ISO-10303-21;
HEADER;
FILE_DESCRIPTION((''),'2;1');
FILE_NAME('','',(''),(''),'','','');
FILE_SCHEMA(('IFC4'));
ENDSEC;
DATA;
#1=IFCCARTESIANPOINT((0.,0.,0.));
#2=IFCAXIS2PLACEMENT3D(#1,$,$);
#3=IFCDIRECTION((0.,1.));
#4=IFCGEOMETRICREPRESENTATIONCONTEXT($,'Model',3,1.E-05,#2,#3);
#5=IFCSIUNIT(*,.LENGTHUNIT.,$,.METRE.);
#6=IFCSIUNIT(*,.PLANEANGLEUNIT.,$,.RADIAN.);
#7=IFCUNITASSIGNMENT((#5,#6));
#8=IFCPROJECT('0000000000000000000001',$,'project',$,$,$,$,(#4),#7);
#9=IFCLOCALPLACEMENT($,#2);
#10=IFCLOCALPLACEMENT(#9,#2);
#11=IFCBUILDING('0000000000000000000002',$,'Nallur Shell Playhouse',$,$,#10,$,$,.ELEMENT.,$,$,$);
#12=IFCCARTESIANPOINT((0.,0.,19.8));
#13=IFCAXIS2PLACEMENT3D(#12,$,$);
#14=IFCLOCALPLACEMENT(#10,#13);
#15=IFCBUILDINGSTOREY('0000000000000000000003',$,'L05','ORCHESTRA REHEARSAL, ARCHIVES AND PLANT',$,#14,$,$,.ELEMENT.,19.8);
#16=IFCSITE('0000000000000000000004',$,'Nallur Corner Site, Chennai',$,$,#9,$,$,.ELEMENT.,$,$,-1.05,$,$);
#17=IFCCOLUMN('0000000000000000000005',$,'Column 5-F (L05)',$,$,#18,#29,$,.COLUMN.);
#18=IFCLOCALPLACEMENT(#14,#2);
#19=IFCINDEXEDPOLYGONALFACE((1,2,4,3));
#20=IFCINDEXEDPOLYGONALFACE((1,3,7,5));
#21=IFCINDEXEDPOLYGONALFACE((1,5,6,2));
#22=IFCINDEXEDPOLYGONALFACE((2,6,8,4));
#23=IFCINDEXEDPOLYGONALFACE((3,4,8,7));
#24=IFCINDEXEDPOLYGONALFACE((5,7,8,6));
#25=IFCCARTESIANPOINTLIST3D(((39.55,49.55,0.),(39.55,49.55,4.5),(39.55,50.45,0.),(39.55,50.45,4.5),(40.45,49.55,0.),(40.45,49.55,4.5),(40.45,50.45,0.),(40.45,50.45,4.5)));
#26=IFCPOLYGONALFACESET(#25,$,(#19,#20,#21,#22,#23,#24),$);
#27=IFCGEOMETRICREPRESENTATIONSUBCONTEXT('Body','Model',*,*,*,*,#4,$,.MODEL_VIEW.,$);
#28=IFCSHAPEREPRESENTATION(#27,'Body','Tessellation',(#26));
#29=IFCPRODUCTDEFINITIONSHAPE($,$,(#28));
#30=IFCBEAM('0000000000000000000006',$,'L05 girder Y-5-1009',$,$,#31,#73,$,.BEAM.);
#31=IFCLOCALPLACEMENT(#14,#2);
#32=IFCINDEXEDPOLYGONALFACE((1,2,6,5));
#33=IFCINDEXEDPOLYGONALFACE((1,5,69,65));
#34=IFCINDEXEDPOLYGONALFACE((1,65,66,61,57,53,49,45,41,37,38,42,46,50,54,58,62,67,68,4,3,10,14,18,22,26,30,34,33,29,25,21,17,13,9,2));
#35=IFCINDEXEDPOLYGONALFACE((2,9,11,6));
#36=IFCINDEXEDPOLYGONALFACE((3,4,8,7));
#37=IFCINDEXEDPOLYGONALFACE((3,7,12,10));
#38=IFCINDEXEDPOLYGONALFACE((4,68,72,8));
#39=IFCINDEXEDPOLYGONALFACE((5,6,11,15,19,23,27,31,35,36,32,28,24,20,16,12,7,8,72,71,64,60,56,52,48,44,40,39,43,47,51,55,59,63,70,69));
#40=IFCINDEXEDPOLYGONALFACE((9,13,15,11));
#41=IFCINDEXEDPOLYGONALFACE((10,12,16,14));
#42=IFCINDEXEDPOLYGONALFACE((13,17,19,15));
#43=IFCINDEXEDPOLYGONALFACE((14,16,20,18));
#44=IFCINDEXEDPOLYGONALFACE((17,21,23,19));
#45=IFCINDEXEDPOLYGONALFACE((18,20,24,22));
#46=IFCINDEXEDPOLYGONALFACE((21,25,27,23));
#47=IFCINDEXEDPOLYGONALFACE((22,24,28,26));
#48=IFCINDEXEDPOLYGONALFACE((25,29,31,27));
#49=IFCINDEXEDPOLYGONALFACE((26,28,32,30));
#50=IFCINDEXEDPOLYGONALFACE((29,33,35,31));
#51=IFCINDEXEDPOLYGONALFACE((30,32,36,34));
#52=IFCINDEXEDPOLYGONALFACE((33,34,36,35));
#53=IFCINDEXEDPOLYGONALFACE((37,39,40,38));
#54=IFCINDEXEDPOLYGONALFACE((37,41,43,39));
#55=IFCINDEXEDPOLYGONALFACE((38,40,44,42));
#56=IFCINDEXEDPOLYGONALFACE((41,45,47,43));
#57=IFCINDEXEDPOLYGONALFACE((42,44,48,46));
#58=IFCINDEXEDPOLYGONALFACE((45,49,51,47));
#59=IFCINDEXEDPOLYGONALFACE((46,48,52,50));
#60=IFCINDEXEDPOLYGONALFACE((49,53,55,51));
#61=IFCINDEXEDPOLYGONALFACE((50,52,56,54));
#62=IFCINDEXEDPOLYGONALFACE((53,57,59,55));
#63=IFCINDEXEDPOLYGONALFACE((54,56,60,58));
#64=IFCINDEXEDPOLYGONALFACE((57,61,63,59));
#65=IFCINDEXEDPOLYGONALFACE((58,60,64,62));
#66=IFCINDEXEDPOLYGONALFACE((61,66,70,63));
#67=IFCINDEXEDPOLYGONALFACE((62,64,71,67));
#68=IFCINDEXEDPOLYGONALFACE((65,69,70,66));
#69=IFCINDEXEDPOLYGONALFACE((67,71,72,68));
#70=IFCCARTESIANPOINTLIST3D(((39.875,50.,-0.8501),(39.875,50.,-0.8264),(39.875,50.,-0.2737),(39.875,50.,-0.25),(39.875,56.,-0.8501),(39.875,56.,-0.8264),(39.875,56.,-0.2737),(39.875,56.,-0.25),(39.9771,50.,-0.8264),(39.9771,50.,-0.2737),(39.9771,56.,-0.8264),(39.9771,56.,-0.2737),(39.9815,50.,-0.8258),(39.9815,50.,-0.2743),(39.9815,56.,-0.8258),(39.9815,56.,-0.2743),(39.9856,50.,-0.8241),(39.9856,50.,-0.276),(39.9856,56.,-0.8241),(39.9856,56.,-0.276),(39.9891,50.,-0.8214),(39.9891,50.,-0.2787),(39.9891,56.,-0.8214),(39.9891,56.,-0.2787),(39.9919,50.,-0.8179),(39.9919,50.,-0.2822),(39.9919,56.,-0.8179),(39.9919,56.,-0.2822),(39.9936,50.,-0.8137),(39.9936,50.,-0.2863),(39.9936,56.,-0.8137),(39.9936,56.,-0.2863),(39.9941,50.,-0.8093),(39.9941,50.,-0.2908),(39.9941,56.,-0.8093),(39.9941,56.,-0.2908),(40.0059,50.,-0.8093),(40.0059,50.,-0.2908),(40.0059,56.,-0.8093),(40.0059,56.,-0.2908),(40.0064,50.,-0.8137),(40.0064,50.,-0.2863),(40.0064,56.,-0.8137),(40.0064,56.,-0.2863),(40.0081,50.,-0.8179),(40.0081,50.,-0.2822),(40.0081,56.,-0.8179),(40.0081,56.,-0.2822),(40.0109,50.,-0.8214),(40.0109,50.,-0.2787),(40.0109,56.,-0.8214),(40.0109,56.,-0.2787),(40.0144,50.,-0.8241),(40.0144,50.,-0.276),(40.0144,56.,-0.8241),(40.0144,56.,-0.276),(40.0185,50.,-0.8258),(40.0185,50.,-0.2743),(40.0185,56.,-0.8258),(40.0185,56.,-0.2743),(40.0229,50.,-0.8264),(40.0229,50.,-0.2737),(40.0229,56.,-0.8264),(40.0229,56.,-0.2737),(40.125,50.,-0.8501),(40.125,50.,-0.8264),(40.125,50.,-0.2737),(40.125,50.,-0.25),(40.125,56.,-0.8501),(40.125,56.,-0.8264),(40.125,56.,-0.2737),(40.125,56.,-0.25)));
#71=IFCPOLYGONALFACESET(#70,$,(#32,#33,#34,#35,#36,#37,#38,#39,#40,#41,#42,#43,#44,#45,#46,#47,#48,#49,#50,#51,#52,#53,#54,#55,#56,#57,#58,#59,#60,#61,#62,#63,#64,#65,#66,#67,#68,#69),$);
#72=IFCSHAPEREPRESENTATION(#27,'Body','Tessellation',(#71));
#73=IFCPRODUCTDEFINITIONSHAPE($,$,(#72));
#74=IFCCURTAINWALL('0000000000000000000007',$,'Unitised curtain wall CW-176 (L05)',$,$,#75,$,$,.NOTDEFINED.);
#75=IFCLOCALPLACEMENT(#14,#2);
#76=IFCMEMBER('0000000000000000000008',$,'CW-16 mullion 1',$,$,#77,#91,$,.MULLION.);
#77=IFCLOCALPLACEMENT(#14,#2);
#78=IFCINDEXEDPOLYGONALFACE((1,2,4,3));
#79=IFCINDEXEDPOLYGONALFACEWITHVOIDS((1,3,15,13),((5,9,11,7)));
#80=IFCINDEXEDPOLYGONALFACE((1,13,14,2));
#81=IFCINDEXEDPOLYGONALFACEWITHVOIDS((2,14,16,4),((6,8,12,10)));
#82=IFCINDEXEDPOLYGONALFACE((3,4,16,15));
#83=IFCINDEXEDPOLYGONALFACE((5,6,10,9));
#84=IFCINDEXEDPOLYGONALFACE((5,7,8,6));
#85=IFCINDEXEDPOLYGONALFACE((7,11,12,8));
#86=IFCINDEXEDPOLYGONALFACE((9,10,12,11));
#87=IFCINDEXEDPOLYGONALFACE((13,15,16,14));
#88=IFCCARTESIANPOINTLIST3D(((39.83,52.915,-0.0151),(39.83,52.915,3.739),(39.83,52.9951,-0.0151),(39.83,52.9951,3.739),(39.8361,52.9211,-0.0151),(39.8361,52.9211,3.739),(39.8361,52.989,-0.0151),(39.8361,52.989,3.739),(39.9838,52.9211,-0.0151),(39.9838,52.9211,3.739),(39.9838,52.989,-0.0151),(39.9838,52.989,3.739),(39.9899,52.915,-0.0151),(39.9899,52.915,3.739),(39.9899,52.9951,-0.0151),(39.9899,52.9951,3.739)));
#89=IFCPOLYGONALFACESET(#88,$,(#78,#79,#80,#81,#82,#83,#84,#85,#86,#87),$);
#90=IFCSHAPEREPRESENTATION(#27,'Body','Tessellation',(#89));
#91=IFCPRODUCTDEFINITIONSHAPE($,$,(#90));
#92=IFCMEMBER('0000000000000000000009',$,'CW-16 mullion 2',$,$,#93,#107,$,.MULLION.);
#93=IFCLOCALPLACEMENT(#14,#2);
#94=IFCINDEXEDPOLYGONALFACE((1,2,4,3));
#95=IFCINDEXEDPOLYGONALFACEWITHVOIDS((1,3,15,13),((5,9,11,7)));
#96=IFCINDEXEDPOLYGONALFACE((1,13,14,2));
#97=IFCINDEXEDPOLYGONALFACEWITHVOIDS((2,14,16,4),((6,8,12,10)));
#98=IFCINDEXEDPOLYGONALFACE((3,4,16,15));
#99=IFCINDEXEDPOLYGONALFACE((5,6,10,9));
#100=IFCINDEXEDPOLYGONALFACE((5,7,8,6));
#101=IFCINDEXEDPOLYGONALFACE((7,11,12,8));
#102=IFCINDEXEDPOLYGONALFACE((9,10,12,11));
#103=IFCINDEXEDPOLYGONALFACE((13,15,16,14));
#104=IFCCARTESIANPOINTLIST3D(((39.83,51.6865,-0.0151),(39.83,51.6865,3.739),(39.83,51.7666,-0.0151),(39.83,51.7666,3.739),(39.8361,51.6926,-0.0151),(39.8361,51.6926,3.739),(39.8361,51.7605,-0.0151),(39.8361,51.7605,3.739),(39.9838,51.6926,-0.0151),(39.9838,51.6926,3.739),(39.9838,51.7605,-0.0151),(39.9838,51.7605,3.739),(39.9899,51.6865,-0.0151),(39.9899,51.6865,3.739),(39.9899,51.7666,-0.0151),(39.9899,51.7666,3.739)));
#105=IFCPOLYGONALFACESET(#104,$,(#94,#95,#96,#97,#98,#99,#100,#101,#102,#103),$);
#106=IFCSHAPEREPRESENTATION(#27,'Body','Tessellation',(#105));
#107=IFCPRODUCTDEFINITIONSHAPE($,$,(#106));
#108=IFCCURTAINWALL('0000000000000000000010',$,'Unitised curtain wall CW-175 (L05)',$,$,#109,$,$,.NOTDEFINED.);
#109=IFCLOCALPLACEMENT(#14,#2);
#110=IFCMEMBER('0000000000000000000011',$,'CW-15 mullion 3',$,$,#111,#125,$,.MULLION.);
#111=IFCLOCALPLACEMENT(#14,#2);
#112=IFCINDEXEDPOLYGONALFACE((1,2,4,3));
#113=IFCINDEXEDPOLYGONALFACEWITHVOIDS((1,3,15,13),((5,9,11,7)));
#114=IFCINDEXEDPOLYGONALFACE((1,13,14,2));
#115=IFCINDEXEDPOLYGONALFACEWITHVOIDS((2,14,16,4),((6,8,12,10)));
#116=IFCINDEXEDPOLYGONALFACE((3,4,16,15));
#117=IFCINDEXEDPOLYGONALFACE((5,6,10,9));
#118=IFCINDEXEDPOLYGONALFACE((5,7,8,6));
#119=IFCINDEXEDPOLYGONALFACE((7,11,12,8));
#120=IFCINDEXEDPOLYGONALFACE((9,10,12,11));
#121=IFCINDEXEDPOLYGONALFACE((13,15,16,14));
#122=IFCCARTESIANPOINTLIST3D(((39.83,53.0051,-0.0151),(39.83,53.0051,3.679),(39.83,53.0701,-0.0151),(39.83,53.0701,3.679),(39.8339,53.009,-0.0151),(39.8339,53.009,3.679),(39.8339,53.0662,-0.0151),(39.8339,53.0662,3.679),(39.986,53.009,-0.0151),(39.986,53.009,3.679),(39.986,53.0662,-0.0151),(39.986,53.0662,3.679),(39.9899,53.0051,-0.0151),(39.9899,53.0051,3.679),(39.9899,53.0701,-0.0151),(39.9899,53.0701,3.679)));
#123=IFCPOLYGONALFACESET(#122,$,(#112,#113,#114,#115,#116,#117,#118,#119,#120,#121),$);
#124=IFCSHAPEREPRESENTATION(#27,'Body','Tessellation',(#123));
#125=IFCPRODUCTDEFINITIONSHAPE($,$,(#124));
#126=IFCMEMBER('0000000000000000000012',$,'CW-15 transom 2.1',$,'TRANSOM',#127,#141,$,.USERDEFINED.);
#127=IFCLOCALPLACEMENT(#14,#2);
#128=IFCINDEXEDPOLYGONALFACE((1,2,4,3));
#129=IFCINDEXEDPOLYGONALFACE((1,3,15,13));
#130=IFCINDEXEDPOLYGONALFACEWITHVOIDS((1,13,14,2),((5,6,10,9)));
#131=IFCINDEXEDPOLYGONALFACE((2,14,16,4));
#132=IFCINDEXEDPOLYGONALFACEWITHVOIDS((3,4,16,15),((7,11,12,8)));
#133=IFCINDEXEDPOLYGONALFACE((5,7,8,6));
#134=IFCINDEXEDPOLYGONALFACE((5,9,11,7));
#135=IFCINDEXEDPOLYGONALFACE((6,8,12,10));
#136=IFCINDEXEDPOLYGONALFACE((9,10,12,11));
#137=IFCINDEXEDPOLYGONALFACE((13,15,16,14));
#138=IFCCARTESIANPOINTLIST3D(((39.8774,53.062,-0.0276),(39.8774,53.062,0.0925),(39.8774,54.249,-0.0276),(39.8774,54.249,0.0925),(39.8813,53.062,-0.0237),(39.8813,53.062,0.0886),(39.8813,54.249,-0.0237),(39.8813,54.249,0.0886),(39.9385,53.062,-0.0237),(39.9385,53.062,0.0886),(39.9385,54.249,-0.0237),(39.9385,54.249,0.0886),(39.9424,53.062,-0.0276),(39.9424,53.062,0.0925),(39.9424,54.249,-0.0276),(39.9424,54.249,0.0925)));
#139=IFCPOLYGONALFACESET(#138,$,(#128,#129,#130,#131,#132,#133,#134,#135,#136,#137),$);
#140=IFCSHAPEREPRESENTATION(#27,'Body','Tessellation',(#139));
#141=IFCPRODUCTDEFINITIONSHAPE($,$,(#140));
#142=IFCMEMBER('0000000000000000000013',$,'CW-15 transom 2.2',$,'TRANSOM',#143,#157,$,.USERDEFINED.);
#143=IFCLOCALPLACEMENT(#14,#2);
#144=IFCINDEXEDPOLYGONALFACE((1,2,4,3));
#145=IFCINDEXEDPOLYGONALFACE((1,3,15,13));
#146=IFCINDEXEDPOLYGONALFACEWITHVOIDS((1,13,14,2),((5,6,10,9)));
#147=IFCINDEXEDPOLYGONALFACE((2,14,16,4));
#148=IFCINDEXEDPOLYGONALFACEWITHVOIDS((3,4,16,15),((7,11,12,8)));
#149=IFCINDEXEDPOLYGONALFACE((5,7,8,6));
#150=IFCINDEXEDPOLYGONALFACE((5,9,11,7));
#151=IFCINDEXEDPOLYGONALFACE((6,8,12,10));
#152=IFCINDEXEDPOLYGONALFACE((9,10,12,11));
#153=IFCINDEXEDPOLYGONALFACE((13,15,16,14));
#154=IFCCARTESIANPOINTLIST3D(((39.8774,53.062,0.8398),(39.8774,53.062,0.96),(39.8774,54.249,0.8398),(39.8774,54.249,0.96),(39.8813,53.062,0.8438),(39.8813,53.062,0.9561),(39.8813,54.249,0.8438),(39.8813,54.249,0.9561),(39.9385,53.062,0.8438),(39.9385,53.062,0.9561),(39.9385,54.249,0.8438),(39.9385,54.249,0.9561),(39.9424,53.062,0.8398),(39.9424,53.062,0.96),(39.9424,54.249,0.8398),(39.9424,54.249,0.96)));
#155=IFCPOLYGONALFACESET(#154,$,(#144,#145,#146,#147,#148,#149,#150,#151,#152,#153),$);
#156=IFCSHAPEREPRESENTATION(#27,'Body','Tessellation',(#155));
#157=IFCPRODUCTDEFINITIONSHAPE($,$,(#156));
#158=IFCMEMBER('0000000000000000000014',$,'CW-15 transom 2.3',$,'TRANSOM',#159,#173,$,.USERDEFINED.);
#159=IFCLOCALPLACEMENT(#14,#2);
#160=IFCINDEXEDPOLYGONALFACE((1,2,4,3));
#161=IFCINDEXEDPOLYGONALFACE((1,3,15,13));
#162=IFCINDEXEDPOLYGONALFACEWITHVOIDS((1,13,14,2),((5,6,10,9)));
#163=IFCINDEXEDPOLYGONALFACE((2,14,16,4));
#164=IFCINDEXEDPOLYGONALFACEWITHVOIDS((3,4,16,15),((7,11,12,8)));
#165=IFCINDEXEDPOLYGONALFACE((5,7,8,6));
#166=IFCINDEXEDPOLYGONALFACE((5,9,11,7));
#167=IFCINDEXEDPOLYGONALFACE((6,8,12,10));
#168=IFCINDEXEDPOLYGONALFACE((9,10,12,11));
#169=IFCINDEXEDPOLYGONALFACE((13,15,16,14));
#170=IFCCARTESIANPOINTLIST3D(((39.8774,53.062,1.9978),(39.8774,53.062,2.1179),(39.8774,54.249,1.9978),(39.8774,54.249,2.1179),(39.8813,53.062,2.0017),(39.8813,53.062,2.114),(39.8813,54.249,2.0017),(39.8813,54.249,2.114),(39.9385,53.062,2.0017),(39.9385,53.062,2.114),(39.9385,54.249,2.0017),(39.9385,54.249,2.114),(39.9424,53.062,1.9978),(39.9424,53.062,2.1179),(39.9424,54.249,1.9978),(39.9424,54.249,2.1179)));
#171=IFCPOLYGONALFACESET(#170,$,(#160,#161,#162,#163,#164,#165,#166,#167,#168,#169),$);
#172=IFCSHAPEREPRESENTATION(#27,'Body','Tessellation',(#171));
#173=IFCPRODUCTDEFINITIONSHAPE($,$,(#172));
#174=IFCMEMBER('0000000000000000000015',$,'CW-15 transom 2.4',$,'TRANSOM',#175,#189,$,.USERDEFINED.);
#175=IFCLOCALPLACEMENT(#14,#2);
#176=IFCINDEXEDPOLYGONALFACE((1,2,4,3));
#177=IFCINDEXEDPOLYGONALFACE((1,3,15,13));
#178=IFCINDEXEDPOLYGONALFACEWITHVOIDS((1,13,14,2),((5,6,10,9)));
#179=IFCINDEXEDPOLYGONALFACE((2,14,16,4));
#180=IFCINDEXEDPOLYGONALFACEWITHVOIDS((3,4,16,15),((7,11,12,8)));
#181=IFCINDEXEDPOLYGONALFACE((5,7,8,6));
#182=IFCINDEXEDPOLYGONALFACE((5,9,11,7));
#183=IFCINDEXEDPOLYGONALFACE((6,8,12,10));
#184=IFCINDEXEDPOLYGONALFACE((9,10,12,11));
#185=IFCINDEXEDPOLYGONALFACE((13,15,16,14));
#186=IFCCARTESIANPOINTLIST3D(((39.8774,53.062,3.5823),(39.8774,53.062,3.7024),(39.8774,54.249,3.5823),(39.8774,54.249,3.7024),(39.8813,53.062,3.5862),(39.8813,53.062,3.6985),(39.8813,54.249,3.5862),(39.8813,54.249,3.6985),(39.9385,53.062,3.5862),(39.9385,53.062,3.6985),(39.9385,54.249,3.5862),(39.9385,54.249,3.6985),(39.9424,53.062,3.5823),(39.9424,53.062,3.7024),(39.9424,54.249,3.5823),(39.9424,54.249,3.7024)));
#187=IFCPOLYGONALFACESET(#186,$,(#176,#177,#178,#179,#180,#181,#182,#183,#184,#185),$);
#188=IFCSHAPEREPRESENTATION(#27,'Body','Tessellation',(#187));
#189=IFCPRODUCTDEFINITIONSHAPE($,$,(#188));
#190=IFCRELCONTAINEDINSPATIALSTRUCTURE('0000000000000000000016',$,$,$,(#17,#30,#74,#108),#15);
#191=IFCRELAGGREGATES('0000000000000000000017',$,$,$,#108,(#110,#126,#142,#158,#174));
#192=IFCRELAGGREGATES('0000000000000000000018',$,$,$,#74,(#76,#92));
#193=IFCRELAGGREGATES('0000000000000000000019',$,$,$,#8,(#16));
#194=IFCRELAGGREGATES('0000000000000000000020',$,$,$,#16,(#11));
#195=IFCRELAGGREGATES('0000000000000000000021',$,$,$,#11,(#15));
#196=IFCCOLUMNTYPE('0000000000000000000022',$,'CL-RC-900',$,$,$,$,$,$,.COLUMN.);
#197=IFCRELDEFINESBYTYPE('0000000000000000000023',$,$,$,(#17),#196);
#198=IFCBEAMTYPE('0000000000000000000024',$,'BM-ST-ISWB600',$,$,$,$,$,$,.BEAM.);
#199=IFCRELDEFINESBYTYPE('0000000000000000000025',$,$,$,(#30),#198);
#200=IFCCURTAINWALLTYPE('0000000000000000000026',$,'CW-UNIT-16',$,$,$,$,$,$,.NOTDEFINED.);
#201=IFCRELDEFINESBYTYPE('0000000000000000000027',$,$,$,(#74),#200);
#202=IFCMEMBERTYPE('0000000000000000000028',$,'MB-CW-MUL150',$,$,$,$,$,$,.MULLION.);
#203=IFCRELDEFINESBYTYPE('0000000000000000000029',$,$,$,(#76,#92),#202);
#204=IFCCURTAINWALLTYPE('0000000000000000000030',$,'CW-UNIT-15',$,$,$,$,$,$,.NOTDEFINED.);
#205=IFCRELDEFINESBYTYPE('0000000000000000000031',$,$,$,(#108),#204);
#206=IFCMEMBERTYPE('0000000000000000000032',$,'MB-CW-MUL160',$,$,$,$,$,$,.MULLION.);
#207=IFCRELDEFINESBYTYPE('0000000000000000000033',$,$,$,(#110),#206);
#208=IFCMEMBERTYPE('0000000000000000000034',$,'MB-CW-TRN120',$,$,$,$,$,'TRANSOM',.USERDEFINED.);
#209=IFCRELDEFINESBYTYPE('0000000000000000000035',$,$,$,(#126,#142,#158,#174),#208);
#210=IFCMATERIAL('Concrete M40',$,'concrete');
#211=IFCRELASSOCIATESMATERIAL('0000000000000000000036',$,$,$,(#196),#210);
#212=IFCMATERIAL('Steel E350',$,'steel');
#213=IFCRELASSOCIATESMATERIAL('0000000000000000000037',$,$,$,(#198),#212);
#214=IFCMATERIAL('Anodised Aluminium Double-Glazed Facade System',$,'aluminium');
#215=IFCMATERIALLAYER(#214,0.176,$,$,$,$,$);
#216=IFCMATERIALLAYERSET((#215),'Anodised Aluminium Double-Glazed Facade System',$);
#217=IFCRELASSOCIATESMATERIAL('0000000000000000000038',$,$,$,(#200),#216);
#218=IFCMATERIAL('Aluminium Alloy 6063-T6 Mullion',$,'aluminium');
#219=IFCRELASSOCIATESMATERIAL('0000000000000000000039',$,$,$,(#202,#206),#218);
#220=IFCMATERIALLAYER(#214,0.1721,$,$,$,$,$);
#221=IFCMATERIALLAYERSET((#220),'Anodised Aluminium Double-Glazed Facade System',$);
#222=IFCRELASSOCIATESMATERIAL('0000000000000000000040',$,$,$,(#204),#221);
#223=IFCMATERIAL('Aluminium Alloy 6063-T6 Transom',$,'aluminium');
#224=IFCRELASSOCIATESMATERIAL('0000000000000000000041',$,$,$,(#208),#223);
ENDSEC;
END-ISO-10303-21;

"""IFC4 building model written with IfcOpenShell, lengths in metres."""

from ifc_helpers import new_model, si_unit, direction, frame, origin, origin_2d, place, context, subcontext, project, spatial, rectangle, hollow_rectangle, i_section, extrude, material, layer, layer_set, material_profile, profile_set, type_object, element, aggregate, save


model = new_model("IFC4")

# Units and contexts
model_context = context("Model", 3, precision=1e-05, world=origin(), true_north=direction((0.0, 1.0)))
body_context = subcontext(model_context, "Body", "Model", "MODEL_VIEW")
ifc_project = project(units=[si_unit("LENGTHUNIT", "METRE"), si_unit("PLANEANGLEUNIT", "RADIAN")], contexts=[model_context])

# Site, building, storey
site_placement = place(None, origin())
site = spatial("IfcSite", under=ifc_project, at=site_placement, Name="Nallur Corner Site, Chennai", CompositionType="ELEMENT", RefElevation=-1.05)
building_placement = place(site_placement, origin())
building = spatial("IfcBuilding", under=site, at=building_placement, Name="Nallur Shell Playhouse", CompositionType="ELEMENT")
storey_placement = place(building_placement, frame((0.0, 0.0, 19.8)))
storey = spatial("IfcBuildingStorey", under=building, at=storey_placement, Name="L05", Description="ORCHESTRA REHEARSAL, ARCHIVES AND PLANT", CompositionType="ELEMENT", Elevation=19.8)

# Column
ifc_material_1 = material(Name="Concrete M40", Category="concrete")
ifc_material_profile_1 = material_profile(ifc_material_1, rectangle(XDim=0.8999, YDim=0.8999, at=origin_2d()), Name="RC 900x900")
ifc_profile_set_1 = profile_set([ifc_material_profile_1], Name="Concrete M40")
column_type = type_object("IfcColumnType", Name="CL-RC-900", PredefinedType="COLUMN", material=ifc_profile_set_1)
column_placement = place(storey_placement, frame((40.0, 50.0, 0.0), z_axis=(0.0, 0.0, 1.0), x_axis=(1.0, 0.0, 0.0)))
element("IfcColumn", 1, at=column_placement, inside=storey, type_object=column_type, Name="Column 5-F (L05)", PredefinedType="COLUMN", context=body_context, shape_type="SweptSolid", body=[
    extrude(rectangle(XDim=0.8999, YDim=0.8999, at=origin_2d()), origin(), (0.0, 0.0, 1.0), 4.5),
])

# Beam
ifc_material_2 = material(Name="Steel E350", Category="steel")
ifc_material_profile_2 = material_profile(ifc_material_2, i_section(OverallWidth=0.25, OverallDepth=0.6001, WebThickness=0.0117, FlangeThickness=0.0237, FilletRadius=0.0171, at=origin_2d()), Name="ISWB 600")
ifc_profile_set_2 = profile_set([ifc_material_profile_2], Name="Steel E350")
beam_type = type_object("IfcBeamType", Name="BM-ST-ISWB600", PredefinedType="BEAM", material=ifc_profile_set_2)
beam_placement = place(storey_placement, frame((40.0, 50.0, -0.55), z_axis=(0.0, 1.0, 0.0), x_axis=(-1.0, 0.0, 0.0)))
element("IfcBeam", 2, at=beam_placement, inside=storey, type_object=beam_type, Name="L05 girder Y-5-1009", PredefinedType="BEAM", context=body_context, shape_type="SweptSolid", body=[
    extrude(i_section(OverallWidth=0.25, OverallDepth=0.6001, WebThickness=0.0117, FlangeThickness=0.0237, FilletRadius=0.0171, at=origin_2d()), origin(), (0.0, 0.0, 1.0), 6.0),
])

# Curtain walls, members
ifc_material_3 = material(Name="Anodised Aluminium Double-Glazed Facade System", Category="aluminium")
ifc_layer_1 = layer(ifc_material_3, 0.176)
ifc_layer_set_1 = layer_set([ifc_layer_1], Name="Anodised Aluminium Double-Glazed Facade System")
curtain_wall_type_1 = type_object("IfcCurtainWallType", Name="CW-UNIT-16", PredefinedType="NOTDEFINED", material=ifc_layer_set_1)
curtain_wall_1_placement = place(storey_placement, origin())
curtain_wall_1 = element("IfcCurtainWall", 3, at=curtain_wall_1_placement, inside=storey, type_object=curtain_wall_type_1, Name="Unitised curtain wall CW-176 (L05)", PredefinedType="NOTDEFINED")
ifc_material_4 = material(Name="Aluminium Alloy 6063-T6 Mullion", Category="aluminium")
ifc_material_profile_3 = material_profile(ifc_material_4, hollow_rectangle(XDim=0.0801, YDim=0.1599, WallThickness=0.0061, at=origin_2d()), Name="RHS 160x80x6")
ifc_profile_set_3 = profile_set([ifc_material_profile_3], Name="Aluminium Alloy 6063-T6 Mullion")
member_type_1 = type_object("IfcMemberType", Name="MB-CW-MUL150", PredefinedType="MULLION", material=ifc_profile_set_3)
member_1_placement = place(storey_placement, frame((39.9099, 52.9551, -0.0151), z_axis=(0.0, 0.0, 1.0), x_axis=(0.0, -1.0, 0.0)))
member_1 = element("IfcMember", 4, at=member_1_placement, type_object=member_type_1, Name="CW-16 mullion 1", PredefinedType="MULLION", context=body_context, shape_type="SweptSolid", body=[
    extrude(hollow_rectangle(XDim=0.0801, YDim=0.1599, WallThickness=0.0061, at=origin_2d()), origin(), (0.0, 0.0, 1.0), 3.7542),
])
member_2_placement = place(storey_placement, frame((39.9099, 51.7266, -0.0151), z_axis=(0.0, 0.0, 1.0), x_axis=(0.0, -1.0, 0.0)))
member_2 = element("IfcMember", 5, at=member_2_placement, type_object=member_type_1, Name="CW-16 mullion 2", PredefinedType="MULLION", context=body_context, shape_type="SweptSolid", body=[
    extrude(hollow_rectangle(XDim=0.0801, YDim=0.1599, WallThickness=0.0061, at=origin_2d()), origin(), (0.0, 0.0, 1.0), 3.7542),
])
ifc_layer_2 = layer(ifc_material_3, 0.1721)
ifc_layer_set_2 = layer_set([ifc_layer_2], Name="Anodised Aluminium Double-Glazed Facade System")
curtain_wall_type_2 = type_object("IfcCurtainWallType", Name="CW-UNIT-15", PredefinedType="NOTDEFINED", material=ifc_layer_set_2)
curtain_wall_2_placement = place(storey_placement, origin())
curtain_wall_2 = element("IfcCurtainWall", 6, at=curtain_wall_2_placement, inside=storey, type_object=curtain_wall_type_2, Name="Unitised curtain wall CW-175 (L05)", PredefinedType="NOTDEFINED")
ifc_material_profile_4 = material_profile(ifc_material_4, hollow_rectangle(XDim=0.0649, YDim=0.1599, WallThickness=0.0039, at=origin_2d()), Name="ALU 65x160x4")
ifc_profile_set_4 = profile_set([ifc_material_profile_4], Name="Aluminium Alloy 6063-T6 Mullion")
member_type_2 = type_object("IfcMemberType", Name="MB-CW-MUL160", PredefinedType="MULLION", material=ifc_profile_set_4)
member_3_placement = place(storey_placement, frame((39.9099, 53.0376, -0.0151), z_axis=(0.0, 0.0, 1.0), x_axis=(0.0, -1.0, 0.0)))
member_3 = element("IfcMember", 7, at=member_3_placement, type_object=member_type_2, Name="CW-15 mullion 3", PredefinedType="MULLION", context=body_context, shape_type="SweptSolid", body=[
    extrude(hollow_rectangle(XDim=0.0649, YDim=0.1599, WallThickness=0.0039, at=origin_2d()), origin(), (0.0, 0.0, 1.0), 3.6941),
])
ifc_material_5 = material(Name="Aluminium Alloy 6063-T6 Transom", Category="aluminium")
ifc_material_profile_5 = material_profile(ifc_material_5, hollow_rectangle(XDim=0.0649, YDim=0.1201, WallThickness=0.0039, at=origin_2d()), Name="ALU 65x120x4")
ifc_profile_set_5 = profile_set([ifc_material_profile_5], Name="Aluminium Alloy 6063-T6 Transom")
member_type_3 = type_object("IfcMemberType", Name="MB-CW-TRN120", ElementType="TRANSOM", PredefinedType="USERDEFINED", material=ifc_profile_set_5)
member_4_placement = place(storey_placement, frame((39.9099, 54.249, 0.0325), z_axis=(0.0, -1.0, 0.0), x_axis=(1.0, 0.0, 0.0)))
member_4 = element("IfcMember", 8, at=member_4_placement, type_object=member_type_3, Name="CW-15 transom 2.1", ObjectType="TRANSOM", PredefinedType="USERDEFINED", context=body_context, shape_type="SweptSolid", body=[
    extrude(hollow_rectangle(XDim=0.0649, YDim=0.1201, WallThickness=0.0039, at=origin_2d()), origin(), (0.0, 0.0, 1.0), 1.187),
])
member_5_placement = place(storey_placement, frame((39.9099, 54.249, 0.8999), z_axis=(0.0, -1.0, 0.0), x_axis=(1.0, 0.0, 0.0)))
member_5 = element("IfcMember", 9, at=member_5_placement, type_object=member_type_3, Name="CW-15 transom 2.2", ObjectType="TRANSOM", PredefinedType="USERDEFINED", context=body_context, shape_type="SweptSolid", body=[
    extrude(hollow_rectangle(XDim=0.0649, YDim=0.1201, WallThickness=0.0039, at=origin_2d()), origin(), (0.0, 0.0, 1.0), 1.187),
])
member_6_placement = place(storey_placement, frame((39.9099, 54.249, 2.0579), z_axis=(0.0, -1.0, 0.0), x_axis=(1.0, 0.0, 0.0)))
member_6 = element("IfcMember", 10, at=member_6_placement, type_object=member_type_3, Name="CW-15 transom 2.3", ObjectType="TRANSOM", PredefinedType="USERDEFINED", context=body_context, shape_type="SweptSolid", body=[
    extrude(hollow_rectangle(XDim=0.0649, YDim=0.1201, WallThickness=0.0039, at=origin_2d()), origin(), (0.0, 0.0, 1.0), 1.187),
])
member_7_placement = place(storey_placement, frame((39.9099, 54.249, 3.6423), z_axis=(0.0, -1.0, 0.0), x_axis=(1.0, 0.0, 0.0)))
member_7 = element("IfcMember", 11, at=member_7_placement, type_object=member_type_3, Name="CW-15 transom 2.4", ObjectType="TRANSOM", PredefinedType="USERDEFINED", context=body_context, shape_type="SweptSolid", body=[
    extrude(hollow_rectangle(XDim=0.0649, YDim=0.1201, WallThickness=0.0039, at=origin_2d()), origin(), (0.0, 0.0, 1.0), 1.187),
])

aggregate(curtain_wall_2, [member_3, member_4, member_5, member_6, member_7])
aggregate(curtain_wall_1, [member_1, member_2])

save(model, "model.ifc")
